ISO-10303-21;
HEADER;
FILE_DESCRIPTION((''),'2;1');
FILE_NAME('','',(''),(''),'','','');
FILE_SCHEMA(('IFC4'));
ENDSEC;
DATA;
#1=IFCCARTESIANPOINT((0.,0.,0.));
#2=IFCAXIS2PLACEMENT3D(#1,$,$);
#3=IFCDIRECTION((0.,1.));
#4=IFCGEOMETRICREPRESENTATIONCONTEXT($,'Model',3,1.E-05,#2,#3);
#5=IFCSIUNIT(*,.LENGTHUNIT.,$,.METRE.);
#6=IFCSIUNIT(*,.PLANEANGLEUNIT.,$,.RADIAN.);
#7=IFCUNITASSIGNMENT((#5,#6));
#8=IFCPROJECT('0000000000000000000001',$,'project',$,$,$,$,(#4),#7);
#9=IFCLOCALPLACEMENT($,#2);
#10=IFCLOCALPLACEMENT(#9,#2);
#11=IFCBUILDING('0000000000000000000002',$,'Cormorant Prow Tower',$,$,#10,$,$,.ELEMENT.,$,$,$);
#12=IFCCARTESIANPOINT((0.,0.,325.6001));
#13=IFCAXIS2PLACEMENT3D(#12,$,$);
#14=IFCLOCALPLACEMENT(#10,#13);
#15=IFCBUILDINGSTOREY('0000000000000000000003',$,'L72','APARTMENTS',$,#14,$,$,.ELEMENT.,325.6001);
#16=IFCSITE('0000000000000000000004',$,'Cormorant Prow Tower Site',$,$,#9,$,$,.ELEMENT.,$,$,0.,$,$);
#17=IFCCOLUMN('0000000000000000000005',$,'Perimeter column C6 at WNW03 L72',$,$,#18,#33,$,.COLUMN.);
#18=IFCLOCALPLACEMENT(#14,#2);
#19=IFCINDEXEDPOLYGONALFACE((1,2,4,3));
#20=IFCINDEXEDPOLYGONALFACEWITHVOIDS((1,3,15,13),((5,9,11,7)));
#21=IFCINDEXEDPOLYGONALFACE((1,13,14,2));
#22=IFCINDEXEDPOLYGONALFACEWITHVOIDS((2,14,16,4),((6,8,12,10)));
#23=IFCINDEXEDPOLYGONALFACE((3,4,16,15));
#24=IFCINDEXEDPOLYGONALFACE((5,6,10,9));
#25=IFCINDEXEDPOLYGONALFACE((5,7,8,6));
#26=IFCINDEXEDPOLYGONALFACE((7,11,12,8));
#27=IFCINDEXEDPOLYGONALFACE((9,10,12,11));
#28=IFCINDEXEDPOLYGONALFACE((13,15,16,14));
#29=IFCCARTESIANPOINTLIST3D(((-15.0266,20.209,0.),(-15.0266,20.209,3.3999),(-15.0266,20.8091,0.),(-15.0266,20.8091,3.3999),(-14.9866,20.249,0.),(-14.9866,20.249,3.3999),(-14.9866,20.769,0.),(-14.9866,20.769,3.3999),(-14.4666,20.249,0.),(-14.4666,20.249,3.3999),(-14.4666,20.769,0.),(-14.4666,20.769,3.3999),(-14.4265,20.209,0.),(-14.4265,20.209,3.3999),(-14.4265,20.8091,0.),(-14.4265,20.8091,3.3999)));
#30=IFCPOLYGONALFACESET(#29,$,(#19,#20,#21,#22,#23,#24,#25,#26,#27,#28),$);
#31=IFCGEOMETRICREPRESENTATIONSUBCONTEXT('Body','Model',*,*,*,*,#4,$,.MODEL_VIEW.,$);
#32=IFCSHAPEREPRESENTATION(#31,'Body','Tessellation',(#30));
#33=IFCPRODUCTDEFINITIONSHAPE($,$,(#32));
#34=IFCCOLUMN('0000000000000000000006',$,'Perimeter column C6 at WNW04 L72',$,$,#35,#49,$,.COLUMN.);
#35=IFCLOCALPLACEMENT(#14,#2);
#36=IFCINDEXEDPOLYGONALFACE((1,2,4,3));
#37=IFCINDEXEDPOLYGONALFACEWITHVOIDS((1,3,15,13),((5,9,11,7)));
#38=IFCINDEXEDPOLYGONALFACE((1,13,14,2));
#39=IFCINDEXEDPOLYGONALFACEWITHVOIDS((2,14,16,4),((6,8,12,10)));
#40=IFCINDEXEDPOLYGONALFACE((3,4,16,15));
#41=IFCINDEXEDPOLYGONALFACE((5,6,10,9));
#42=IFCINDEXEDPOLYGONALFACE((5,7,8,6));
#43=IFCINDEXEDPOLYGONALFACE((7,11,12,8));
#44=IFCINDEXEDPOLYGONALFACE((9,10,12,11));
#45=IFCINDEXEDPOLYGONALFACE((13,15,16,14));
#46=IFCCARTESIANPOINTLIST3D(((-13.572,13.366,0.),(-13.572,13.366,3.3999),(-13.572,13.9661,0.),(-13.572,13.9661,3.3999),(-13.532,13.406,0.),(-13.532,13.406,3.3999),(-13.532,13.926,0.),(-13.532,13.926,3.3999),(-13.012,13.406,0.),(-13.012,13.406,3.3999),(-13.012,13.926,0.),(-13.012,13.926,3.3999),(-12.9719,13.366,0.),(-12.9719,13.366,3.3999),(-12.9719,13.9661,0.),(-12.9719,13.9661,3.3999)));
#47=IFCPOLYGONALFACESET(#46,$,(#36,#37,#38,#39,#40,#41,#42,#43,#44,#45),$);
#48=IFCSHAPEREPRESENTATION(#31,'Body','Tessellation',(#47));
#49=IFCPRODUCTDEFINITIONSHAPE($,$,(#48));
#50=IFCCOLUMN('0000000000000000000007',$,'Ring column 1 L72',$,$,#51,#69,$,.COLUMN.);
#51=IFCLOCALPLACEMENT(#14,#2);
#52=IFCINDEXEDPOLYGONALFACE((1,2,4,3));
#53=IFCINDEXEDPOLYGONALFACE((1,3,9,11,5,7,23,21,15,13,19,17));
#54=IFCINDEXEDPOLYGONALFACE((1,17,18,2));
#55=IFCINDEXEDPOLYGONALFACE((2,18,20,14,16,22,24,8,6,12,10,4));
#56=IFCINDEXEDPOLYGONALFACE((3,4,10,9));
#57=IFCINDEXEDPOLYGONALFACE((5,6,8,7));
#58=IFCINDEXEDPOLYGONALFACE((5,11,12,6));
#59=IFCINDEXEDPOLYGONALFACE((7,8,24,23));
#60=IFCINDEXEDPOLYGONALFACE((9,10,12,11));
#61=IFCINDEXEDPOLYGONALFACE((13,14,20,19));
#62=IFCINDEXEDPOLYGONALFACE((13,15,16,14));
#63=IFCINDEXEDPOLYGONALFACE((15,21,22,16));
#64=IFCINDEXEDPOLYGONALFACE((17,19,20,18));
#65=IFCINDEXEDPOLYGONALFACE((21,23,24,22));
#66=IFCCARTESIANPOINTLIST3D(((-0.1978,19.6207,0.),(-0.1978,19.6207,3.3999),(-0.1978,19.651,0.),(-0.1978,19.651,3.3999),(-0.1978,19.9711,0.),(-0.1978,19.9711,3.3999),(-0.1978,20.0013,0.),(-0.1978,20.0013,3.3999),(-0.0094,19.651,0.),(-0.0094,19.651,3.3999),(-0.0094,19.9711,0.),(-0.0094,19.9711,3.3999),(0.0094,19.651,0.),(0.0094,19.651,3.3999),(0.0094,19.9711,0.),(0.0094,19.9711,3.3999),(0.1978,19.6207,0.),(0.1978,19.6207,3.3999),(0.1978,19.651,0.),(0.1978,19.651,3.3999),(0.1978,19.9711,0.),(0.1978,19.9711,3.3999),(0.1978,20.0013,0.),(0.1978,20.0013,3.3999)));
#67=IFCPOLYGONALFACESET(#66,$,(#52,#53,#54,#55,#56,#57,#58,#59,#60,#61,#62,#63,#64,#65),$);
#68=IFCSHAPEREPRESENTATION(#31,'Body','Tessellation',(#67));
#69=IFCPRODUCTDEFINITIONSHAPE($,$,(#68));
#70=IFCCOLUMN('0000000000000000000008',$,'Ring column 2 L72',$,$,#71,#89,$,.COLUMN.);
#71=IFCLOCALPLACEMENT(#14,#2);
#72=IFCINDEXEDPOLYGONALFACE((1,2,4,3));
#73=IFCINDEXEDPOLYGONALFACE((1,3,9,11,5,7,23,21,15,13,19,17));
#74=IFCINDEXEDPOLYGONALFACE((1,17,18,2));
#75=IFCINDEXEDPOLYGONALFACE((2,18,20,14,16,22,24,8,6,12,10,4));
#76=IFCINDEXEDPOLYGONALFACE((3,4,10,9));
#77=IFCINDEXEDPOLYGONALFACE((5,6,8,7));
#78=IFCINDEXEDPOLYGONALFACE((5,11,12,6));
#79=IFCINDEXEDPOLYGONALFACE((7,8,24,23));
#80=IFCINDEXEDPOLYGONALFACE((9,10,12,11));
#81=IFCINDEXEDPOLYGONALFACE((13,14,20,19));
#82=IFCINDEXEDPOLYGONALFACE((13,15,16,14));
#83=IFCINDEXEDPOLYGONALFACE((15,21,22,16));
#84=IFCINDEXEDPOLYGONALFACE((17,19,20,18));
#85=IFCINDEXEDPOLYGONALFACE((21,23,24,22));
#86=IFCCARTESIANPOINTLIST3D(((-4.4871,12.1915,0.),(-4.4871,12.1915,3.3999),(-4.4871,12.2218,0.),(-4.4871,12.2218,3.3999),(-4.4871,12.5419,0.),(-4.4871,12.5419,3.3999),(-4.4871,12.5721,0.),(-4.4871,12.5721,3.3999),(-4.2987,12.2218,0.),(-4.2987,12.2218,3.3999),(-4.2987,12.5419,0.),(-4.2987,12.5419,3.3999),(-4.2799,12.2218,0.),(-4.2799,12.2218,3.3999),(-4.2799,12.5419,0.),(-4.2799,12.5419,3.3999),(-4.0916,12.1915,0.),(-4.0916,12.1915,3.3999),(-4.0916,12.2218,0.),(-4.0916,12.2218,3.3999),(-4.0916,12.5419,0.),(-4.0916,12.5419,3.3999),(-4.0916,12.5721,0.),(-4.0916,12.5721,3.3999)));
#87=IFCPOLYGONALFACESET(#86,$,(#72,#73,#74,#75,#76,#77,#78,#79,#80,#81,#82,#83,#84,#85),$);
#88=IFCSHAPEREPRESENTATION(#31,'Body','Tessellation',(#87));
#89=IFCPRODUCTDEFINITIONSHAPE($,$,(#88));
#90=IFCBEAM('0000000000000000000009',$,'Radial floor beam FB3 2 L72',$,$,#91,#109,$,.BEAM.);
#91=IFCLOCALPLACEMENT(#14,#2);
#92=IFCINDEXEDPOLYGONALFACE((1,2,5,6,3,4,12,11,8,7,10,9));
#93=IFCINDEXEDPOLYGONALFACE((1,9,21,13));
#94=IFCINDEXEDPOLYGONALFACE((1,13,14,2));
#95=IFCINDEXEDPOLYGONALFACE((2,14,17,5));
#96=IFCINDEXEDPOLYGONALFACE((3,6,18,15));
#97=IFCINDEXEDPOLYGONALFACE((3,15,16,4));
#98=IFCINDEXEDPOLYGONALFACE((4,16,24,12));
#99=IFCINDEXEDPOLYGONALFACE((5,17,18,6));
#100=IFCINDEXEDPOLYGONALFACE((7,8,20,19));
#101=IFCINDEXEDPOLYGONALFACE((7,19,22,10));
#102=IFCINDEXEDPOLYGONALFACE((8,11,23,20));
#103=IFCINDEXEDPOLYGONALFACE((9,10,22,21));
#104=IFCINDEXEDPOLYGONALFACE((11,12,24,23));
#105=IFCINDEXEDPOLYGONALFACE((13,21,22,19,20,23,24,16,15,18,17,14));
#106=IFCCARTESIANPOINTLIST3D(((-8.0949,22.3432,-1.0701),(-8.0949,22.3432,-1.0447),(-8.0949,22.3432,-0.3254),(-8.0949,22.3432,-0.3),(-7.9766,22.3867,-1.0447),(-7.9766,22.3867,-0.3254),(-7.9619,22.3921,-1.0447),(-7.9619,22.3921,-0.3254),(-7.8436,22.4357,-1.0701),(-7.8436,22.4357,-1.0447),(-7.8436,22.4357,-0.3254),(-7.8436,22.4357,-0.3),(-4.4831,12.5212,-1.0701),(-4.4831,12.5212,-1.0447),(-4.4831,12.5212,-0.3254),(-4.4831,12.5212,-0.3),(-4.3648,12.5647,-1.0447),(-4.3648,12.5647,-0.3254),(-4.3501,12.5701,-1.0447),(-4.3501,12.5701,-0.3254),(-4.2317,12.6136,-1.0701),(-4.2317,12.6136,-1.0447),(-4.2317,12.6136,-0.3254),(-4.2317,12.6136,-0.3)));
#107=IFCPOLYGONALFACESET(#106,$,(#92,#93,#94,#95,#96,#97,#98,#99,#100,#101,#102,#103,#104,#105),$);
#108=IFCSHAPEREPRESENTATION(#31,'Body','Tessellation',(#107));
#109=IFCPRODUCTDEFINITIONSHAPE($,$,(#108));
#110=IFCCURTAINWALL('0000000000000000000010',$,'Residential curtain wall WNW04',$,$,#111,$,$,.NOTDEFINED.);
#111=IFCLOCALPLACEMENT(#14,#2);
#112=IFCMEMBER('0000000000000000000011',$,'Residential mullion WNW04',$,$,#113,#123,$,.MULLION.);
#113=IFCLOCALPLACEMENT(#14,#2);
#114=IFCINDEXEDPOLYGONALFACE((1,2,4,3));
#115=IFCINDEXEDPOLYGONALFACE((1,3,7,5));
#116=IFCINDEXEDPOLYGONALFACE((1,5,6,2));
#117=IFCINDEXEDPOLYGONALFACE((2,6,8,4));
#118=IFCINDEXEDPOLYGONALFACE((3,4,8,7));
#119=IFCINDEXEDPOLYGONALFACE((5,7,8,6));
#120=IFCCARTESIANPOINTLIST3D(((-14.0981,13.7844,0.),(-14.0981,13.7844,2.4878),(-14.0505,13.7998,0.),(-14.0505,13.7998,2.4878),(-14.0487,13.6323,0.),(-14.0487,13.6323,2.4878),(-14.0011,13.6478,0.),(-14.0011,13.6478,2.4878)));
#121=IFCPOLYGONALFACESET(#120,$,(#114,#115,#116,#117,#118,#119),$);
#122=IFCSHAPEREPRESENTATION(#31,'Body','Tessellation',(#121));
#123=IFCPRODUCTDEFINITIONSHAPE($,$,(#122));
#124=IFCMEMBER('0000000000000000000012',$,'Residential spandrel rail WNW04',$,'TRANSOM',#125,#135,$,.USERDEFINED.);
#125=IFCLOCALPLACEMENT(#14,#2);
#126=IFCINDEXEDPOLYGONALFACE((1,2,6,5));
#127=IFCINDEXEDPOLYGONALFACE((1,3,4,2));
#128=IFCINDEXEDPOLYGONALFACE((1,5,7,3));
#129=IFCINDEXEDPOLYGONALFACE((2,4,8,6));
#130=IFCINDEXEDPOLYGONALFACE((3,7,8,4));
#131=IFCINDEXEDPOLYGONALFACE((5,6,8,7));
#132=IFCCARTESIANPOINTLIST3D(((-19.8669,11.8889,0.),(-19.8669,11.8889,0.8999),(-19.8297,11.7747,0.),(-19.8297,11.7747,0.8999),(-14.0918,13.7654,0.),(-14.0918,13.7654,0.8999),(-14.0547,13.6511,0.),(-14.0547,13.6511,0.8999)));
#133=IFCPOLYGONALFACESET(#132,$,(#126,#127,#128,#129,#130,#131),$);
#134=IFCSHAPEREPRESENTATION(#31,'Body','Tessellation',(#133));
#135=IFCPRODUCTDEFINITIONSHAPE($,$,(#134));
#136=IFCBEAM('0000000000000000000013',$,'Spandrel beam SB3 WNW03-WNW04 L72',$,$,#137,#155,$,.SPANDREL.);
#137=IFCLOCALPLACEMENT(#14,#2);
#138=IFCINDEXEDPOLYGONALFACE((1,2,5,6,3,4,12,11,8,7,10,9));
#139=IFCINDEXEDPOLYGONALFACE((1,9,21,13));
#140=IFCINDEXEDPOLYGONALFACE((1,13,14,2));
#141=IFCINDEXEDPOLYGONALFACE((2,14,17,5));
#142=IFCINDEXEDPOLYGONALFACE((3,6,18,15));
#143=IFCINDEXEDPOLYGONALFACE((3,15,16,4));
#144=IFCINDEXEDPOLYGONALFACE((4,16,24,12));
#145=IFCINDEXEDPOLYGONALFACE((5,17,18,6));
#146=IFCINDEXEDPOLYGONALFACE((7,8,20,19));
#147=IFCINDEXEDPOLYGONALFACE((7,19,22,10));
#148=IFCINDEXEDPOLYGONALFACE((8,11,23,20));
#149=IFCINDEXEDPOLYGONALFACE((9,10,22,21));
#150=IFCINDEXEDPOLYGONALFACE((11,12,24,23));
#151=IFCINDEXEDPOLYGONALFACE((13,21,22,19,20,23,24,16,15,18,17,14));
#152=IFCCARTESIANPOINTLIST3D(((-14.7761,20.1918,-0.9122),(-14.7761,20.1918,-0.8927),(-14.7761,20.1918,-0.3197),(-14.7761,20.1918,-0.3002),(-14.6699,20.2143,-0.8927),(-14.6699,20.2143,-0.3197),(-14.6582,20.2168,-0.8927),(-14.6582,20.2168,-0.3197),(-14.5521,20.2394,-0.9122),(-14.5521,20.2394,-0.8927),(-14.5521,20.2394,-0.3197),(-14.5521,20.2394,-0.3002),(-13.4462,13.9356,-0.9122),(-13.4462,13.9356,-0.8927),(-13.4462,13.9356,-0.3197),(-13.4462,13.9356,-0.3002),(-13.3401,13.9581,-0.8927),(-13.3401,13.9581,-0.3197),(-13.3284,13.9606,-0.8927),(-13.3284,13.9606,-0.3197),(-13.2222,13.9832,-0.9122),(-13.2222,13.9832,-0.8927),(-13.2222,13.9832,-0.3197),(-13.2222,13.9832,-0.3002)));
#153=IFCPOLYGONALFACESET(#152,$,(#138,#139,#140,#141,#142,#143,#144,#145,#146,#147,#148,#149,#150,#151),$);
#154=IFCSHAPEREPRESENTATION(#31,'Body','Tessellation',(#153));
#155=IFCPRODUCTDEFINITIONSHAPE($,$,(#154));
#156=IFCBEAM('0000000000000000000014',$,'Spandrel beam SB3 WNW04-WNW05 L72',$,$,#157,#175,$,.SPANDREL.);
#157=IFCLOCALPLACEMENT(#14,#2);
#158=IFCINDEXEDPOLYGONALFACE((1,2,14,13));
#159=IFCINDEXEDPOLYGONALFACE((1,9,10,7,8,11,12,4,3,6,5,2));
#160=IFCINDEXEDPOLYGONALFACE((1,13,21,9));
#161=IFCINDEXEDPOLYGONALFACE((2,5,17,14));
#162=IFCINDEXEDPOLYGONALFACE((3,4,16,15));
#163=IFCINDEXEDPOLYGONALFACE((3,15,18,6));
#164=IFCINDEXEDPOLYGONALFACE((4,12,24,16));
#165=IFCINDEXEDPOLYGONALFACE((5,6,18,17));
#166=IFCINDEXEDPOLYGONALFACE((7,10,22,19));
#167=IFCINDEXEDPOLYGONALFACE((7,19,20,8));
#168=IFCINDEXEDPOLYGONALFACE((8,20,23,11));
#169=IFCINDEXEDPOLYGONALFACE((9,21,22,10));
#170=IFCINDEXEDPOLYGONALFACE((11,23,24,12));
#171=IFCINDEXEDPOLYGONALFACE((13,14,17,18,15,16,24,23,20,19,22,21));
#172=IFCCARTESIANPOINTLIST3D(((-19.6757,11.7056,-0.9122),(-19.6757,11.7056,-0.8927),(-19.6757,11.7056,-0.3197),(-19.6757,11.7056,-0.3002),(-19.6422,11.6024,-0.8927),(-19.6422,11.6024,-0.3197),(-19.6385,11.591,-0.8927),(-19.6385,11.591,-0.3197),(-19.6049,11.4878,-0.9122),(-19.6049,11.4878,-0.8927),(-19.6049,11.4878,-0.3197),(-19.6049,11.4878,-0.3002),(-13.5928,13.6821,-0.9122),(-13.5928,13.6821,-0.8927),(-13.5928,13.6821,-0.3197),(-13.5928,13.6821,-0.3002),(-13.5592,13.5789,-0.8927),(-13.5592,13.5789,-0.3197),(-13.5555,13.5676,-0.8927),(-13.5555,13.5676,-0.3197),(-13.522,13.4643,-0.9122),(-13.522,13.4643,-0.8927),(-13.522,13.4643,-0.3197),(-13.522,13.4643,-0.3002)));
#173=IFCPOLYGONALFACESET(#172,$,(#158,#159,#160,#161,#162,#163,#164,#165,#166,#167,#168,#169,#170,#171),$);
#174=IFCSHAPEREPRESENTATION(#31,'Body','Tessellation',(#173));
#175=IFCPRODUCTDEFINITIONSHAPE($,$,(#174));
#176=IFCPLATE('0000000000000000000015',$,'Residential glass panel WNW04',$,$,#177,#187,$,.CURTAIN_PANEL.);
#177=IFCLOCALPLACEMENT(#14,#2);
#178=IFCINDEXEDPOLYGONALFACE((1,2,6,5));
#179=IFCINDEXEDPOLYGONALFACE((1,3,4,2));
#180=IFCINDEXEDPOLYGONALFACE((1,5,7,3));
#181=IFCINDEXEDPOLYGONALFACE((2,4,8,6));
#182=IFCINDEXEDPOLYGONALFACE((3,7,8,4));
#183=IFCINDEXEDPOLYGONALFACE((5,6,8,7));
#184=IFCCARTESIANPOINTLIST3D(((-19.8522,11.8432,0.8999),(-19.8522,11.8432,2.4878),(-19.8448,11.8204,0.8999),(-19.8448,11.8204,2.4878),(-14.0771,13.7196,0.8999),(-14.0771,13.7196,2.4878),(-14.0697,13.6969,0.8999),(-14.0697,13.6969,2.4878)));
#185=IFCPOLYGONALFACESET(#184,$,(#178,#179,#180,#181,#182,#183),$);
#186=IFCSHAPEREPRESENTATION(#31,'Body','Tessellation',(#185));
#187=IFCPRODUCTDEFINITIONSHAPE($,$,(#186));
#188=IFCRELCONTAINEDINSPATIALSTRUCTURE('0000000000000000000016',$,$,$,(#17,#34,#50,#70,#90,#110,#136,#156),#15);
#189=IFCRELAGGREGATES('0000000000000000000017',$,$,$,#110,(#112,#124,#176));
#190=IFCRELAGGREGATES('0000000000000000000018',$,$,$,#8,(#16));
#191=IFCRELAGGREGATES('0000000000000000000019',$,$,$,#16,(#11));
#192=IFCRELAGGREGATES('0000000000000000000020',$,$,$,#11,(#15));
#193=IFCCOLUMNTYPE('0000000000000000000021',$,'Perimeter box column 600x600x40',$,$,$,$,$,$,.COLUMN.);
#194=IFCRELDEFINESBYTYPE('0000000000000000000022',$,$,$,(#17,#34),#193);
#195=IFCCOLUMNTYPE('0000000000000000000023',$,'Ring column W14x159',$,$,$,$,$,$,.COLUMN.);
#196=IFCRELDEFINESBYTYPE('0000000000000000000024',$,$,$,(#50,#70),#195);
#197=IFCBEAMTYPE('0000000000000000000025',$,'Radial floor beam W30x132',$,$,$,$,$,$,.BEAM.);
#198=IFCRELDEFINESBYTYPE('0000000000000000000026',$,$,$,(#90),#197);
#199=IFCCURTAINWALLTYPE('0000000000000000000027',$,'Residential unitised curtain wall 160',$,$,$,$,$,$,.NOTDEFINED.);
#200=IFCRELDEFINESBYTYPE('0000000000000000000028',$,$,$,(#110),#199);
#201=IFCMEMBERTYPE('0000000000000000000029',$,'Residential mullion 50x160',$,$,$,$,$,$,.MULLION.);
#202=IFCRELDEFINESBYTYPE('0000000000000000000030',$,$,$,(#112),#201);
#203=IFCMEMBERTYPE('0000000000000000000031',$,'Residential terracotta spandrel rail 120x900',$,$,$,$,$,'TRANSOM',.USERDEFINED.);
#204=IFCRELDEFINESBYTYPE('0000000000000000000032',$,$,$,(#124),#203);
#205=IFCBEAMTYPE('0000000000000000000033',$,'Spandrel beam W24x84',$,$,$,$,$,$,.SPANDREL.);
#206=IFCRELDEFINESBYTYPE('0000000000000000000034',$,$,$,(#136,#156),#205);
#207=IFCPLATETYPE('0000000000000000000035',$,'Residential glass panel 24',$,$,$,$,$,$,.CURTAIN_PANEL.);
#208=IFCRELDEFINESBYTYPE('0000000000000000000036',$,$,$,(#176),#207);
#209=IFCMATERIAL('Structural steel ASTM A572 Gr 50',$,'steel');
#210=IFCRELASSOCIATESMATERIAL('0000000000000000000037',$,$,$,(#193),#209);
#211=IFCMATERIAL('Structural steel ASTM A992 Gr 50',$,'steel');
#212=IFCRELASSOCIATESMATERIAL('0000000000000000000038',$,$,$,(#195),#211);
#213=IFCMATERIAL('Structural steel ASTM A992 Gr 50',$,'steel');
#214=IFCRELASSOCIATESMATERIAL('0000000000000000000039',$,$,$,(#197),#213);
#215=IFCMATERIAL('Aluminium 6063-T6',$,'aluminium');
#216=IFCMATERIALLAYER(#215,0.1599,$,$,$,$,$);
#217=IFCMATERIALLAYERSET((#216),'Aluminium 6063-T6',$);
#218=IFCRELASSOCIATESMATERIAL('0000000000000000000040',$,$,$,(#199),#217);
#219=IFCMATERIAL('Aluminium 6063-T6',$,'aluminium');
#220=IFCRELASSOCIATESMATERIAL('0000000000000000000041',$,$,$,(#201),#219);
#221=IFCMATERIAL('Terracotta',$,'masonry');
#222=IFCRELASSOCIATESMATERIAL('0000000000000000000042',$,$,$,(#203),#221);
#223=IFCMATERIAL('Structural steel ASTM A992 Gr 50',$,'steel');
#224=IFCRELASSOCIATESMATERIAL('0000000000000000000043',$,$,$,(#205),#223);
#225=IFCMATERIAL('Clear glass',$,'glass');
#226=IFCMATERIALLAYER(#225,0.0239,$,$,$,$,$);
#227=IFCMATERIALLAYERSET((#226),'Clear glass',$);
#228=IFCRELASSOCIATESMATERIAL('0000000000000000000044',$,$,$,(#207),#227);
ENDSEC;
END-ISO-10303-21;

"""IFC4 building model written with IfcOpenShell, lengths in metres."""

from ifc_helpers import new_model, si_unit, direction, frame, origin, origin_2d, place, context, subcontext, project, spatial, rectangle, hollow_rectangle, i_section, extrude, material, layer, layer_set, material_profile, profile_set, type_object, element, aggregate, save


model = new_model("IFC4")

# Units and contexts
model_context = context("Model", 3, precision=1e-05, world=origin(), true_north=direction((0.0, 1.0)))
body_context = subcontext(model_context, "Body", "Model", "MODEL_VIEW")
ifc_project = project(units=[si_unit("LENGTHUNIT", "METRE"), si_unit("PLANEANGLEUNIT", "RADIAN")], contexts=[model_context])

# Site, building, storey
site_placement = place(None, origin())
site = spatial("IfcSite", under=ifc_project, at=site_placement, Name="Cormorant Prow Tower Site", CompositionType="ELEMENT", RefElevation=0.0)
building_placement = place(site_placement, origin())
building = spatial("IfcBuilding", under=site, at=building_placement, Name="Cormorant Prow Tower", CompositionType="ELEMENT")
storey_placement = place(building_placement, frame((0.0, 0.0, 325.6001)))
storey = spatial("IfcBuildingStorey", under=building, at=storey_placement, Name="L72", Description="APARTMENTS", CompositionType="ELEMENT", Elevation=325.6001)

# Columns
ifc_material_1 = material(Name="Structural steel ASTM A572 Gr 50", Category="steel")
ifc_material_profile_1 = material_profile(ifc_material_1, hollow_rectangle(XDim=0.6001, YDim=0.6001, WallThickness=0.04, at=origin_2d()), Name="Box 600x600x40")
ifc_profile_set_1 = profile_set([ifc_material_profile_1], Name="Structural steel ASTM A572 Gr 50")
column_type_1 = type_object("IfcColumnType", Name="Perimeter box column 600x600x40", PredefinedType="COLUMN", material=ifc_profile_set_1)
for number, where, z_axis, x_axis, name in (
    (1, (-14.7266, 20.509, 0.0), (0.0, 0.0, 1.0), (1.0, 0.0, 0.0), "Perimeter column C6 at WNW03 L72"),
    (2, (-13.272, 13.666, 0.0), (0.0, 0.0, 1.0), (1.0, 0.0, 0.0), "Perimeter column C6 at WNW04 L72"),
):
    element("IfcColumn", number, at=place(storey_placement, frame(where, z_axis=z_axis, x_axis=x_axis)), inside=storey, type_object=column_type_1, Name=name, PredefinedType="COLUMN", context=body_context, shape_type="SweptSolid", body=[
        extrude(hollow_rectangle(XDim=0.6001, YDim=0.6001, WallThickness=0.04, at=origin_2d()), origin(), (0.0, 0.0, 1.0), 3.3999),
    ])
ifc_material_2 = material(Name="Structural steel ASTM A992 Gr 50", Category="steel")
ifc_material_profile_2 = material_profile(ifc_material_2, i_section(OverallWidth=0.3955, OverallDepth=0.3806, WebThickness=0.0188, FlangeThickness=0.0303, at=origin_2d()), Name="W14x159")
ifc_profile_set_2 = profile_set([ifc_material_profile_2], Name="Structural steel ASTM A992 Gr 50")
column_type_2 = type_object("IfcColumnType", Name="Ring column W14x159", PredefinedType="COLUMN", material=ifc_profile_set_2)
for number, where, z_axis, x_axis, name in (
    (3, (0.0, 19.811, 0.0), (0.0, 0.0, 1.0), (1.0, 0.0, 0.0), "Ring column 1 L72"),
    (4, (-4.2893, 12.3818, 0.0), (0.0, 0.0, 1.0), (1.0, 0.0, 0.0), "Ring column 2 L72"),
):
    element("IfcColumn", number, at=place(storey_placement, frame(where, z_axis=z_axis, x_axis=x_axis)), inside=storey, type_object=column_type_2, Name=name, PredefinedType="COLUMN", context=body_context, shape_type="SweptSolid", body=[
        extrude(i_section(OverallWidth=0.3955, OverallDepth=0.3806, WebThickness=0.0188, FlangeThickness=0.0303, at=origin_2d()), origin(), (0.0, 0.0, 1.0), 3.3999),
    ])

# Beam
ifc_material_3 = material(Name="Structural steel ASTM A992 Gr 50", Category="steel")
ifc_material_profile_3 = material_profile(ifc_material_3, i_section(OverallWidth=0.2678, OverallDepth=0.77, WebThickness=0.0156, FlangeThickness=0.0254, at=origin_2d()), Name="W30x132")
ifc_profile_set_3 = profile_set([ifc_material_profile_3], Name="Structural steel ASTM A992 Gr 50")
beam_type_1 = type_object("IfcBeamType", Name="Radial floor beam W30x132", PredefinedType="BEAM", material=ifc_profile_set_3)
beam_placement = place(storey_placement, frame((-4.3574, 12.5674, -0.6851), z_axis=(-0.345131, 0.938554, 0.0), x_axis=(-0.938554, -0.345131, 0.0)))
element("IfcBeam", 5, at=beam_placement, inside=storey, type_object=beam_type_1, Name="Radial floor beam FB3 2 L72", PredefinedType="BEAM", context=body_context, shape_type="SweptSolid", body=[
    extrude(i_section(OverallWidth=0.2678, OverallDepth=0.77, WebThickness=0.0156, FlangeThickness=0.0254, at=origin_2d()), origin(), (0.0, 0.0, 1.0), 10.4651),
])

# Curtain wall, members
ifc_material_4 = material(Name="Aluminium 6063-T6", Category="aluminium")
ifc_layer_1 = layer(ifc_material_4, 0.1599)
ifc_layer_set_1 = layer_set([ifc_layer_1], Name="Aluminium 6063-T6")
curtain_wall_type = type_object("IfcCurtainWallType", Name="Residential unitised curtain wall 160", PredefinedType="NOTDEFINED", material=ifc_layer_set_1)
curtain_wall_placement = place(storey_placement, origin())
curtain_wall = element("IfcCurtainWall", 6, at=curtain_wall_placement, inside=storey, type_object=curtain_wall_type, Name="Residential curtain wall WNW04", PredefinedType="NOTDEFINED")
ifc_material_5 = material(Name="Aluminium 6063-T6", Category="aluminium")
ifc_material_profile_4 = material_profile(ifc_material_5, rectangle(XDim=0.1599, YDim=0.05, at=origin_2d()), Name="Residential mullion 50x160")
ifc_profile_set_4 = profile_set([ifc_material_profile_4], Name="Aluminium 6063-T6")
member_type_1 = type_object("IfcMemberType", Name="Residential mullion 50x160", PredefinedType="MULLION", material=ifc_profile_set_4)
member_1_placement = place(storey_placement, frame((-14.0496, 13.7161, 0.0), z_axis=(0.0, 0.0, 1.0), x_axis=(0.309017, -0.951057, 0.0)))
member_1 = element("IfcMember", 7, at=member_1_placement, type_object=member_type_1, Name="Residential mullion WNW04", PredefinedType="MULLION", context=body_context, shape_type="SweptSolid", body=[
    extrude(rectangle(XDim=0.1599, YDim=0.05, at=origin_2d()), origin(), (0.0, 0.0, 1.0), 2.4878),
])
ifc_material_6 = material(Name="Terracotta", Category="masonry")
ifc_material_profile_5 = material_profile(ifc_material_6, rectangle(XDim=0.1201, YDim=0.8999, at=origin_2d()), Name="Residential terracotta spandrel rail 120x900")
ifc_profile_set_5 = profile_set([ifc_material_profile_5], Name="Terracotta")
member_type_2 = type_object("IfcMemberType", Name="Residential terracotta spandrel rail 120x900", ElementType="TRANSOM", PredefinedType="USERDEFINED", material=ifc_profile_set_5)
member_2_placement = place(storey_placement, frame((-14.0732, 13.7083, 0.45), z_axis=(-0.951056, -0.309018, 0.0), x_axis=(0.309018, -0.951056, 0.0)))
member_2 = element("IfcMember", 8, at=member_2_placement, type_object=member_type_2, Name="Residential spandrel rail WNW04", ObjectType="TRANSOM", PredefinedType="USERDEFINED", context=body_context, shape_type="SweptSolid", body=[
    extrude(rectangle(XDim=0.1201, YDim=0.8999, at=origin_2d()), origin(), (0.0, 0.0, 1.0), 6.0723),
])

# Beams
ifc_material_7 = material(Name="Structural steel ASTM A992 Gr 50", Category="steel")
ifc_material_profile_6 = material_profile(ifc_material_7, i_section(OverallWidth=0.229, OverallDepth=0.6121, WebThickness=0.012, FlangeThickness=0.0195, at=origin_2d()), Name="W24x84")
ifc_profile_set_6 = profile_set([ifc_material_profile_6], Name="Structural steel ASTM A992 Gr 50")
beam_type_2 = type_object("IfcBeamType", Name="Spandrel beam W24x84", PredefinedType="SPANDREL", material=ifc_profile_set_6)
for number, where, z_axis, x_axis, name in (
    (9, (-14.6641, 20.2156, -0.6062), (0.20792, -0.978146, 0.0), (0.978146, 0.20792, 0.0), "Spandrel beam SB3 WNW03-WNW04 L72"),
    (10, (-13.5574, 13.5732, -0.6062), (-0.951053, -0.309027, 0.0), (0.309027, -0.951053, 0.0), "Spandrel beam SB3 WNW04-WNW05 L72"),
):
    element("IfcBeam", number, at=place(storey_placement, frame(where, z_axis=z_axis, x_axis=x_axis)), inside=storey, type_object=beam_type_2, Name=name, PredefinedType="SPANDREL", context=body_context, shape_type="SweptSolid", body=[
        extrude(i_section(OverallWidth=0.229, OverallDepth=0.6121, WebThickness=0.012, FlangeThickness=0.0195, at=origin_2d()), origin(), (0.0, 0.0, 1.0), 6.396),
    ])

# Plate
ifc_material_8 = material(Name="Clear glass", Category="glass")
ifc_layer_2 = layer(ifc_material_8, 0.0239)
ifc_layer_set_2 = layer_set([ifc_layer_2], Name="Clear glass")
plate_type = type_object("IfcPlateType", Name="Residential glass panel 24", PredefinedType="CURTAIN_PANEL", material=ifc_layer_set_2)
plate_placement = place(storey_placement, frame((-16.9609, 12.77, 0.8999), z_axis=(0.0, 0.0, 1.0), x_axis=(-0.951057, -0.309017, 0.0)))
plate = element("IfcPlate", 11, at=plate_placement, type_object=plate_type, Name="Residential glass panel WNW04", PredefinedType="CURTAIN_PANEL", context=body_context, shape_type="SweptSolid", body=[
    extrude(rectangle(XDim=6.0723, YDim=0.0239, at=origin_2d()), origin(), (0.0, 0.0, 1.0), 1.5879),
])
aggregate(curtain_wall, [member_1, member_2, plate])

save(model, "model.ifc")
